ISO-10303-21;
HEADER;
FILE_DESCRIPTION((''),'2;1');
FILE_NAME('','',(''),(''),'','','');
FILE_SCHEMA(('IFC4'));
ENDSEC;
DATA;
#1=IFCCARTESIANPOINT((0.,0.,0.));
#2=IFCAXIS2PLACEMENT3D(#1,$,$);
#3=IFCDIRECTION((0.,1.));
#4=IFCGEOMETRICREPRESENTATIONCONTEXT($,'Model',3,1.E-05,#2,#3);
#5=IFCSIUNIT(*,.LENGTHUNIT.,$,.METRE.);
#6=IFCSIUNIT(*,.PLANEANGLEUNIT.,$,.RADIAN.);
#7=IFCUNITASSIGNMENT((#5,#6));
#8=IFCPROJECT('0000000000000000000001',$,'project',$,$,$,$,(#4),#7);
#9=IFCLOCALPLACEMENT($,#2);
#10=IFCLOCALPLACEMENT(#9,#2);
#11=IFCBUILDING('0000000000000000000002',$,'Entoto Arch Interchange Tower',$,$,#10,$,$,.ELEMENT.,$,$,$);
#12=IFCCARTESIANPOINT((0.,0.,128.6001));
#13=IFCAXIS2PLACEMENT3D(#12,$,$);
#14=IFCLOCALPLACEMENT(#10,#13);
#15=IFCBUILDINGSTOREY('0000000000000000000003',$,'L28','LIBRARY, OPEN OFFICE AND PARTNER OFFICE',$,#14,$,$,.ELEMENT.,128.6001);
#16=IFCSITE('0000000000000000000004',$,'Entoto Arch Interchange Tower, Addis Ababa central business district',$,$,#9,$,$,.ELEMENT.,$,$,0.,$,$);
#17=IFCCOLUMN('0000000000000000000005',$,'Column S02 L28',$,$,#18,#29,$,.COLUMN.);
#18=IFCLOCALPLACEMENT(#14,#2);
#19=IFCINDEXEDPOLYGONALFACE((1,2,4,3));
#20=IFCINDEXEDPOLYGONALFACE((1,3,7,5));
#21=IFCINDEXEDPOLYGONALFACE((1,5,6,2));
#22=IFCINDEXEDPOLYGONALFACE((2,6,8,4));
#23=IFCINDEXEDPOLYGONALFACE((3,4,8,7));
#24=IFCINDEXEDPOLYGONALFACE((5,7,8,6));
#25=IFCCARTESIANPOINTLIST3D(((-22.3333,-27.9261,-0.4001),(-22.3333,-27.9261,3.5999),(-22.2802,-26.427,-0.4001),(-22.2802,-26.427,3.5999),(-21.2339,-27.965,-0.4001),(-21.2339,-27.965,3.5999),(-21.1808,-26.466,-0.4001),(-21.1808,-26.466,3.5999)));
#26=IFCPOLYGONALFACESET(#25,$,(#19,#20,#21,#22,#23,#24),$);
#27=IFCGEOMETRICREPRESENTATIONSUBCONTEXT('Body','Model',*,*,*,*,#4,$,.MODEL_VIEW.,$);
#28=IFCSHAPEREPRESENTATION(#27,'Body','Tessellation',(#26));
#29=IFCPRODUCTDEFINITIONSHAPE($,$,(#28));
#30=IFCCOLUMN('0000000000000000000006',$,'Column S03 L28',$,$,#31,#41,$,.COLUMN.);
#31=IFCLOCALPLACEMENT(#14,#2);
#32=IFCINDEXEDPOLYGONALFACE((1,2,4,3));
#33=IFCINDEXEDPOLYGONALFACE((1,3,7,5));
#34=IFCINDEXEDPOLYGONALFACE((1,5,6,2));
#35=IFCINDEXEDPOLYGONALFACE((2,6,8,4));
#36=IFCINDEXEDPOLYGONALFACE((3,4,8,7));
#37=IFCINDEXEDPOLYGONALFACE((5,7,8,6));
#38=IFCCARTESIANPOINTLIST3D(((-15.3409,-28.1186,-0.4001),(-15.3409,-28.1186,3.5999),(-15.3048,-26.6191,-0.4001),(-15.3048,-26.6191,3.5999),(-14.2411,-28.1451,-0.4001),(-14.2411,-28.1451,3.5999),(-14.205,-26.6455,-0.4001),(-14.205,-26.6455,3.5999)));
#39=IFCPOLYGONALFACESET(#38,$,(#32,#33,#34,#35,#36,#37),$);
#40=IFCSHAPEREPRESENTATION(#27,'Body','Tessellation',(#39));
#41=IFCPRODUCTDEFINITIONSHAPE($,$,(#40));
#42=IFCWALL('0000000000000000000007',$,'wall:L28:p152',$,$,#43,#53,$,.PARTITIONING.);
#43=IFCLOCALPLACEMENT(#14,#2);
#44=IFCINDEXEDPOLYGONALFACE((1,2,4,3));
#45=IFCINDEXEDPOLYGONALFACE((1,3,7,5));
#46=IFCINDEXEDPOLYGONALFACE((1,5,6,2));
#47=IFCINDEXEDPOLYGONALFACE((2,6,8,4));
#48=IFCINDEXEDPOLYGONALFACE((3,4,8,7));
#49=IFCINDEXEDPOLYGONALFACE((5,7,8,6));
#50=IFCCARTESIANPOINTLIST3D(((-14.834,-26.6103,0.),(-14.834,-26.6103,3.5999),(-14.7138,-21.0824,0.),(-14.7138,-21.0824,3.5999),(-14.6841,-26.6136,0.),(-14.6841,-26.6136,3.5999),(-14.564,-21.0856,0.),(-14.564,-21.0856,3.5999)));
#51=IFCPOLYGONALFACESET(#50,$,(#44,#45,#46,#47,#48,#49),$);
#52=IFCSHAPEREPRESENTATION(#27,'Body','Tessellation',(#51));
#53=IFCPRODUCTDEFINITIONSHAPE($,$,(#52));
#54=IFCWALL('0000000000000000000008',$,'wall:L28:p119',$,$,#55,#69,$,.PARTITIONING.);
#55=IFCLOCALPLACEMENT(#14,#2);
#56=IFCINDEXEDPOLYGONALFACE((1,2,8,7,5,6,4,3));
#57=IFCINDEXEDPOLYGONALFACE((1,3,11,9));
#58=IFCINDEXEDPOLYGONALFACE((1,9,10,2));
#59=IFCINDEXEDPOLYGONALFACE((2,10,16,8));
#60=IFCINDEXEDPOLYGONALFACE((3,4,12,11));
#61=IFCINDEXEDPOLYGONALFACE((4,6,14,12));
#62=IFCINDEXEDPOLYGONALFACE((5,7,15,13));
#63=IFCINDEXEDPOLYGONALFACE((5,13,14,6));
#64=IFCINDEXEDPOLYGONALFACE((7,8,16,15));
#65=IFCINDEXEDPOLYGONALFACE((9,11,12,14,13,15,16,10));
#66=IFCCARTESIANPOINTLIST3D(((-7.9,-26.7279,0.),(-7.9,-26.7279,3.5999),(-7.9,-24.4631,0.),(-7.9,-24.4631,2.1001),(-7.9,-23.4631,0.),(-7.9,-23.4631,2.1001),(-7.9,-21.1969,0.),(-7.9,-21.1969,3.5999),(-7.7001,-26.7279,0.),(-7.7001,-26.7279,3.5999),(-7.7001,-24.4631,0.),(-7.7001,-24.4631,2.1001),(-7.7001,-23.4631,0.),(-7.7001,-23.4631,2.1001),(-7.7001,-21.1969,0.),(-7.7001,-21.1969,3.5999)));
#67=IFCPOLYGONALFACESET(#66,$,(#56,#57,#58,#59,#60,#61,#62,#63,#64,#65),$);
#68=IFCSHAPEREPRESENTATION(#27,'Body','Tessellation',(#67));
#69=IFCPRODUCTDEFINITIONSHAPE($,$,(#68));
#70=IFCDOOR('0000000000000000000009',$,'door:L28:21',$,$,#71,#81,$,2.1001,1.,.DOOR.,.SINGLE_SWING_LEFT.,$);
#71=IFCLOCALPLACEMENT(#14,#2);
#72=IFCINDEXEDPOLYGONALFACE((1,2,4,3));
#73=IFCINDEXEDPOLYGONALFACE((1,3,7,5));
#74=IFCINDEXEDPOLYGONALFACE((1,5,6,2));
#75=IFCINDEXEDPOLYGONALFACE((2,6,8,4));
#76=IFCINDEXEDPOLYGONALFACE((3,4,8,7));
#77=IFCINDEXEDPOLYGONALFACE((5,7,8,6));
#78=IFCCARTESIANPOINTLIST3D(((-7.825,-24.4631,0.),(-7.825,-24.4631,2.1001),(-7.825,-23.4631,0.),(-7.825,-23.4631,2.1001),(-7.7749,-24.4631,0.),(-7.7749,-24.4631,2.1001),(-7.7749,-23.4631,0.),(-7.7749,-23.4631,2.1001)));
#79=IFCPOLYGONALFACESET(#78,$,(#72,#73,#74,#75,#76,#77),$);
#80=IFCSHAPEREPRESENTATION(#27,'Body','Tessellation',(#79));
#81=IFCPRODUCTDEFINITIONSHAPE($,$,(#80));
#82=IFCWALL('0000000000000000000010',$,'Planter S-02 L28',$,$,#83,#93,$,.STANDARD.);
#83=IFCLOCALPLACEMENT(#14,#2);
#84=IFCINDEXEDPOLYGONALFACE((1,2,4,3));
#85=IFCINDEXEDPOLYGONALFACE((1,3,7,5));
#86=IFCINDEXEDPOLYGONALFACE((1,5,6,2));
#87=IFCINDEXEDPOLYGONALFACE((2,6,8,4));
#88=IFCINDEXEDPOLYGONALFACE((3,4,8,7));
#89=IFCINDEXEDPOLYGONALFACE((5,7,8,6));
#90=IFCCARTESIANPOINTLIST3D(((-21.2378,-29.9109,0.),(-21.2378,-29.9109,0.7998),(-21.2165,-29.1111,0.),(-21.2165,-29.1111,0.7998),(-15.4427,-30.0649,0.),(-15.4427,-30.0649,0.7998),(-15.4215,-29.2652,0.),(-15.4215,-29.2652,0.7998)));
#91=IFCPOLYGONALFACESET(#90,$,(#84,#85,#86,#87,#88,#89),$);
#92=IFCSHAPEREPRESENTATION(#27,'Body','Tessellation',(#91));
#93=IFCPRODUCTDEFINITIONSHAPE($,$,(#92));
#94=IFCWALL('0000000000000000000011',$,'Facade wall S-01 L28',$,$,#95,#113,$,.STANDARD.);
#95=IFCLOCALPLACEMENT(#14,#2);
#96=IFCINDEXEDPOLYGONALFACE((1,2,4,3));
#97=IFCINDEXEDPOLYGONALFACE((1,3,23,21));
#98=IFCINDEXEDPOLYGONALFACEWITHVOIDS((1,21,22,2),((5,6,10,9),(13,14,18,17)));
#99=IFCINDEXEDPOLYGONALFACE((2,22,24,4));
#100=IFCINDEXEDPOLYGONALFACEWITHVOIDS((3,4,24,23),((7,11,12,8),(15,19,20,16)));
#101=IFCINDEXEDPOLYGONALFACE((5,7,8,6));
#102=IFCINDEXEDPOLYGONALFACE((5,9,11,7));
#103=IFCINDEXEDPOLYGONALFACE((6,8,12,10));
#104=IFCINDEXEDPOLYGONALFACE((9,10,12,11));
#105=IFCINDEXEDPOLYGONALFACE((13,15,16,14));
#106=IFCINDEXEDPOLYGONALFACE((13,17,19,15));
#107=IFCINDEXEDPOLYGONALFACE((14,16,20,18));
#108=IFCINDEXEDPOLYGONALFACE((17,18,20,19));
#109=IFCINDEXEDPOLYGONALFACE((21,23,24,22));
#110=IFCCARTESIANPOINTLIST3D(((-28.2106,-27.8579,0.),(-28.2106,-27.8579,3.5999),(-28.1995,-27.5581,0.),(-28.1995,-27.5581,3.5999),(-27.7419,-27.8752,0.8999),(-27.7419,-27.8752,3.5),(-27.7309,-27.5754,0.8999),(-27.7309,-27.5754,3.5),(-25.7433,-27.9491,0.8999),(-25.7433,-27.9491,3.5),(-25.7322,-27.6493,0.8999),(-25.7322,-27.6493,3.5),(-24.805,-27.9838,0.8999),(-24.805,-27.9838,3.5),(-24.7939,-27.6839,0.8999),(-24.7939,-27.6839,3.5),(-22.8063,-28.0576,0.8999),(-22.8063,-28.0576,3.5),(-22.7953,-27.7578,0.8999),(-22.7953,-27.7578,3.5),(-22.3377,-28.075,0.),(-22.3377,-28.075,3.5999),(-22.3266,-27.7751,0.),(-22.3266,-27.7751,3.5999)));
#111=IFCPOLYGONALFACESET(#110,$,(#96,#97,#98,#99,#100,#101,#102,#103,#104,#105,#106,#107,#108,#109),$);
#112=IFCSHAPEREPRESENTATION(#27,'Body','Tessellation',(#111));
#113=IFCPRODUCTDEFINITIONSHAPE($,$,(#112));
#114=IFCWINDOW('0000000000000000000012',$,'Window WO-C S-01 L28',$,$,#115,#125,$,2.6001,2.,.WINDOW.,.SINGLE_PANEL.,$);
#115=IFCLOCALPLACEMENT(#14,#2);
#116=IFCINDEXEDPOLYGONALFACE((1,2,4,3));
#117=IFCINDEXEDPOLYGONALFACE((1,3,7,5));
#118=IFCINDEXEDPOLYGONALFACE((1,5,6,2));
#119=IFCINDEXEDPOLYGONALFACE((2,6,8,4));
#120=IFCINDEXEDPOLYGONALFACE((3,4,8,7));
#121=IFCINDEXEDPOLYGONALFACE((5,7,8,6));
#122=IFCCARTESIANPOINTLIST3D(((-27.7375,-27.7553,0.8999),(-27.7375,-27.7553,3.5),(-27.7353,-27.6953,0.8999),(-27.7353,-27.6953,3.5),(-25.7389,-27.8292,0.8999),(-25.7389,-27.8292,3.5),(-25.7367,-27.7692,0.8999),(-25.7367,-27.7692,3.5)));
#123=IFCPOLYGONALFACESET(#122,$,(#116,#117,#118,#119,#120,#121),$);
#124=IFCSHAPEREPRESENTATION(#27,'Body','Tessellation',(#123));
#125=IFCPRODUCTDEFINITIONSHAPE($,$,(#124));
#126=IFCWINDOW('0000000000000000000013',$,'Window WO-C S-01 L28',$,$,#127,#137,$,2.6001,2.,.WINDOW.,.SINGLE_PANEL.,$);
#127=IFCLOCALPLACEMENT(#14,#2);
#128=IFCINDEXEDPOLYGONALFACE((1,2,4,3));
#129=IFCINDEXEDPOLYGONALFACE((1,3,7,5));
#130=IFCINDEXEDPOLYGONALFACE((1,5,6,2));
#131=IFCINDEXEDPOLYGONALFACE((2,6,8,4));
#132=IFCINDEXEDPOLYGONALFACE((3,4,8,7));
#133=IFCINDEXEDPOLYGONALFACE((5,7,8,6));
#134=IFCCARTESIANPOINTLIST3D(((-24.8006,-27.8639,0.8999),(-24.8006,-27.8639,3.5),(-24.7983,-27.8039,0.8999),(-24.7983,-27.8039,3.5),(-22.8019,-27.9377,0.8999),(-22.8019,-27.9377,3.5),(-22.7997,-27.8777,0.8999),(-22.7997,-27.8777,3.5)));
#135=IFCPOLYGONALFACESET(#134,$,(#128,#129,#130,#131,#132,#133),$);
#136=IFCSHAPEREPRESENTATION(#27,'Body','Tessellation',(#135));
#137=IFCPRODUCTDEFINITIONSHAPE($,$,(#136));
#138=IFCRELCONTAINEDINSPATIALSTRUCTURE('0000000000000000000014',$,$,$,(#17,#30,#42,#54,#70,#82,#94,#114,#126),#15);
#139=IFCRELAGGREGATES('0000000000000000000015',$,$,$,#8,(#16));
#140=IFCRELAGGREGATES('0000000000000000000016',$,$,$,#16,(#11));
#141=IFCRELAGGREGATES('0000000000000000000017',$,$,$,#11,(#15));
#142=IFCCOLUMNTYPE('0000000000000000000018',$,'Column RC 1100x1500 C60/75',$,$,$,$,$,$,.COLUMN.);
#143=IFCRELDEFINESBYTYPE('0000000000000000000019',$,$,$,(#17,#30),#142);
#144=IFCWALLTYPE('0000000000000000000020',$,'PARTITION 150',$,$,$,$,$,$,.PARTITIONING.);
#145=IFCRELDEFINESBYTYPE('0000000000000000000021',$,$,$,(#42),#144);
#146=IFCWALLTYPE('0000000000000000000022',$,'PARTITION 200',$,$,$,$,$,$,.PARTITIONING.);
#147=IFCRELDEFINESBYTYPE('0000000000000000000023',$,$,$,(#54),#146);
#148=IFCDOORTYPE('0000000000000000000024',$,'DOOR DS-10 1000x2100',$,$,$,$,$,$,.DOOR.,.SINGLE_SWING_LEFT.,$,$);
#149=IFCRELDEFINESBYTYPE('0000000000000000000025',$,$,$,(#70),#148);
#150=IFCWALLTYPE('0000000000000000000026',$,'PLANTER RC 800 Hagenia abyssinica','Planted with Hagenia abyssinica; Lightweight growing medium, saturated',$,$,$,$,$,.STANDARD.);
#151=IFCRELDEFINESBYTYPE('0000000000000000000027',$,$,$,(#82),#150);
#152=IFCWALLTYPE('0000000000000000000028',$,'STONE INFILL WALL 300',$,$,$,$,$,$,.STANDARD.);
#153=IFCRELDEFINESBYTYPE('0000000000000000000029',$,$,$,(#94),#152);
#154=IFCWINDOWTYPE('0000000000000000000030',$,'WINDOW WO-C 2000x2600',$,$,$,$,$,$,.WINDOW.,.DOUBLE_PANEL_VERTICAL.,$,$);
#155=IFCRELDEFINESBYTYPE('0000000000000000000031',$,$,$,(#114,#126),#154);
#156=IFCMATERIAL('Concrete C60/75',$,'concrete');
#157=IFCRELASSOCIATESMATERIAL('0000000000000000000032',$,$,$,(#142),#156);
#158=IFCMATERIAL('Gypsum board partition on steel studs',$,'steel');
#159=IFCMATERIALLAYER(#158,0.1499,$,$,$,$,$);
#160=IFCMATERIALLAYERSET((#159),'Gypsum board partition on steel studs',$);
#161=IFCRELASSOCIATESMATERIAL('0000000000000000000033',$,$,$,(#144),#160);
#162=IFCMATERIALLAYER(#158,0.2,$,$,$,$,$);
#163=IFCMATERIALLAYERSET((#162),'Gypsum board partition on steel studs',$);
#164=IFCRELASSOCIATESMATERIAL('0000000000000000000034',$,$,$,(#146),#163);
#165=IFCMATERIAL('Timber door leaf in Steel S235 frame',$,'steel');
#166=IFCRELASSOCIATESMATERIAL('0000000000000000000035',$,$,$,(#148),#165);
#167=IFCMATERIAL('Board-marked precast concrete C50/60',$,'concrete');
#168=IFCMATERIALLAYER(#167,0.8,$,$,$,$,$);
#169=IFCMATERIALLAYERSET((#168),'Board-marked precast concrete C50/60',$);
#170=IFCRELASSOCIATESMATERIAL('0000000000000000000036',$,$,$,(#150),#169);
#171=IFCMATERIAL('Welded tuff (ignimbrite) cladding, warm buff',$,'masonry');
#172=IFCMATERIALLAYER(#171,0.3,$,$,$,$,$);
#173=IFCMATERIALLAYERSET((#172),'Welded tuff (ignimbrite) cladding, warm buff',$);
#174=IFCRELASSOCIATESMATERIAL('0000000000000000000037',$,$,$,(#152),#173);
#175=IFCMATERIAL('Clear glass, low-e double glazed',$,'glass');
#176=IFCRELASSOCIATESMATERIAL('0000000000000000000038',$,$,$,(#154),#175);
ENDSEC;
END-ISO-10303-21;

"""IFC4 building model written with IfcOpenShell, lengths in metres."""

from ifc_helpers import new_model, si_unit, direction, frame, frame_2d, origin, origin_2d, place, context, subcontext, project, spatial, rectangle, extrude, material, layer, layer_set, material_profile, profile_set, type_object, element, fill, save


model = new_model("IFC4")

# Units and contexts
model_context = context("Model", 3, precision=1e-05, world=origin(), true_north=direction((0.0, 1.0)))
body_context = subcontext(model_context, "Body", "Model", "MODEL_VIEW")
ifc_project = project(units=[si_unit("LENGTHUNIT", "METRE"), si_unit("PLANEANGLEUNIT", "RADIAN")], contexts=[model_context])

# Site, building, storey
site_placement = place(None, origin())
site = spatial("IfcSite", under=ifc_project, at=site_placement, Name="Entoto Arch Interchange Tower, Addis Ababa central business district", CompositionType="ELEMENT", RefElevation=0.0)
building_placement = place(site_placement, origin())
building = spatial("IfcBuilding", under=site, at=building_placement, Name="Entoto Arch Interchange Tower", CompositionType="ELEMENT")
storey_placement = place(building_placement, frame((0.0, 0.0, 128.6001)))
storey = spatial("IfcBuildingStorey", under=building, at=storey_placement, Name="L28", Description="LIBRARY, OPEN OFFICE AND PARTNER OFFICE", CompositionType="ELEMENT", Elevation=128.6001)

# Columns
ifc_material_1 = material(Name="Concrete C60/75", Category="concrete")
ifc_material_profile = material_profile(ifc_material_1, rectangle(XDim=1.1001, YDim=1.5, at=origin_2d()))
ifc_profile_set = profile_set([ifc_material_profile], Name="Concrete C60/75")
column_type = type_object("IfcColumnType", Name="Column RC 1100x1500 C60/75", PredefinedType="COLUMN", material=ifc_profile_set)
for number, where, z_axis, x_axis, name in (
    (1, (-21.7571, -27.196, -0.4001), (0.0, 0.0, 1.0), (-0.999374, 0.035388, 0.0), "Column S02 L28"),
    (2, (-14.7729, -27.3821, -0.4001), (0.0, 0.0, 1.0), (-0.999711, 0.024031, 0.0), "Column S03 L28"),
):
    element("IfcColumn", number, at=place(storey_placement, frame(where, z_axis=z_axis, x_axis=x_axis)), inside=storey, type_object=column_type, Name=name, PredefinedType="COLUMN", context=body_context, shape_type="SweptSolid", body=[
        extrude(rectangle(XDim=1.1001, YDim=1.5, at=origin_2d()), origin(), (0.0, 0.0, 1.0), 4.0),
    ])

# Wall
ifc_material_2 = material(Name="Gypsum board partition on steel studs", Category="steel")
ifc_layer_1 = layer(ifc_material_2, 0.1499)
ifc_layer_set_1 = layer_set([ifc_layer_1], Name="Gypsum board partition on steel studs")
wall_type_1 = type_object("IfcWallType", Name="PARTITION 150", PredefinedType="PARTITIONING", material=ifc_layer_set_1)
wall_1_placement = place(storey_placement, frame((-14.6389, -21.084, 0.0), z_axis=(0.0, 0.0, 1.0), x_axis=(-0.021723, -0.999764, 0.0)))
element("IfcWall", 3, at=wall_1_placement, inside=storey, type_object=wall_type_1, Name="wall:L28:p152", PredefinedType="PARTITIONING", context=body_context, shape_type="SweptSolid", body=[
    extrude(rectangle(XDim=5.5293, YDim=0.1499, at=frame_2d((2.7646, 0.0))), origin(), (0.0, 0.0, 1.0), 3.5999),
])

# Wall, opening, door
ifc_layer_2 = layer(ifc_material_2, 0.2)
ifc_layer_set_2 = layer_set([ifc_layer_2], Name="Gypsum board partition on steel studs")
wall_type_2 = type_object("IfcWallType", Name="PARTITION 200", PredefinedType="PARTITIONING", material=ifc_layer_set_2)
wall_2_placement = place(storey_placement, frame((-7.8, -26.728, 0.0), z_axis=(0.0, 0.0, 1.0), x_axis=(0.0, 1.0, 0.0)))
wall_2 = element("IfcWall", 4, at=wall_2_placement, inside=storey, type_object=wall_type_2, Name="wall:L28:p119", PredefinedType="PARTITIONING", context=body_context, shape_type="SweptSolid", body=[
    extrude(rectangle(XDim=5.531, YDim=0.2, at=frame_2d((2.7656, 0.0))), origin(), (0.0, 0.0, 1.0), 3.5999),
])
opening_1_placement = place(wall_2_placement, frame((2.2649, 0.0, 0.0)))
opening_1 = element("IfcOpeningElement", 5, at=opening_1_placement, cuts=wall_2, PredefinedType="OPENING", context=body_context, shape_type="SweptSolid", body=[
    extrude(rectangle(XDim=1.0, YDim=2.1001, at=frame_2d((0.5, 1.05))), frame((0.0, 0.1099, 0.0), z_axis=(0.0, -1.0, 0.0), x_axis=(1.0, 0.0, 0.0)), (0.0, 0.0, 1.0), 0.22),
])
ifc_material_3 = material(Name="Timber door leaf in Steel S235 frame", Category="steel")
door_type_1 = type_object("IfcDoorType", Name="DOOR DS-10 1000x2100", OperationType="SINGLE_SWING_LEFT", PredefinedType="DOOR", material=ifc_material_3)
door_1_placement = place(opening_1_placement, origin())
door_1 = element("IfcDoor", 6, at=door_1_placement, inside=storey, type_object=door_type_1, Name="door:L28:21", OperationType="SINGLE_SWING_LEFT", OverallHeight=2.1001, OverallWidth=1.0, PredefinedType="DOOR", context=body_context, shape_type="SweptSolid", body=[
    extrude(rectangle(XDim=1.0, YDim=2.1001, at=frame_2d((0.5, 1.05))), frame((0.0, 0.0249, 0.0), z_axis=(0.0, -1.0, 0.0), x_axis=(1.0, 0.0, 0.0)), (0.0, 0.0, 1.0), 0.05),
])
fill(opening_1, door_1)

# Wall
ifc_material_4 = material(Name="Board-marked precast concrete C50/60", Category="concrete")
ifc_layer_3 = layer(ifc_material_4, 0.8)
ifc_layer_set_3 = layer_set([ifc_layer_3], Name="Board-marked precast concrete C50/60")
wall_type_3 = type_object("IfcWallType", Name="PLANTER RC 800 Hagenia abyssinica", Description="Planted with Hagenia abyssinica; Lightweight growing medium, saturated", PredefinedType="STANDARD", material=ifc_layer_set_3)
wall_3_placement = place(storey_placement, frame((-21.2271, -29.511, 0.0), z_axis=(0.0, 0.0, 1.0), x_axis=(0.999647, -0.026574, 0.0)))
element("IfcWall", 7, at=wall_3_placement, inside=storey, type_object=wall_type_3, Name="Planter S-02 L28", PredefinedType="STANDARD", context=body_context, shape_type="SweptSolid", body=[
    extrude(rectangle(XDim=5.7971, YDim=0.8, at=frame_2d((2.8984, 0.0))), origin(), (0.0, 0.0, 1.0), 0.7998),
])

# Wall, openings, windows
ifc_material_5 = material(Name="Welded tuff (ignimbrite) cladding, warm buff", Category="masonry")
ifc_layer_4 = layer(ifc_material_5, 0.3)
ifc_layer_set_4 = layer_set([ifc_layer_4], Name="Welded tuff (ignimbrite) cladding, warm buff")
wall_type_4 = type_object("IfcWallType", Name="STONE INFILL WALL 300", PredefinedType="STANDARD", material=ifc_layer_set_4)
wall_4_placement = place(storey_placement, frame((-28.2051, -27.708, 0.0), z_axis=(0.0, 0.0, 1.0), x_axis=(0.999318, -0.03693, 0.0)))
wall_4 = element("IfcWall", 8, at=wall_4_placement, inside=storey, type_object=wall_type_4, Name="Facade wall S-01 L28", PredefinedType="STANDARD", context=body_context, shape_type="SweptSolid", body=[
    extrude(rectangle(XDim=5.877, YDim=0.3, at=frame_2d((2.9385, 0.0))), origin(), (0.0, 0.0, 1.0), 3.5999),
])
opening_2_placement = place(wall_4_placement, frame((0.469, 0.0, 0.8999)))
opening_2 = element("IfcOpeningElement", 9, at=opening_2_placement, cuts=wall_4, PredefinedType="OPENING", context=body_context, shape_type="SweptSolid", body=[
    extrude(rectangle(XDim=2.0, YDim=2.6001, at=frame_2d((1.0, 1.3))), frame((0.0, 0.1602, 0.0), z_axis=(0.0, -1.0, 0.0), x_axis=(1.0, 0.0, 0.0)), (0.0, 0.0, 1.0), 0.3201),
])
opening_3_placement = place(wall_4_placement, frame((3.408, 0.0, 0.8999)))
opening_3 = element("IfcOpeningElement", 10, at=opening_3_placement, cuts=wall_4, PredefinedType="OPENING", context=body_context, shape_type="SweptSolid", body=[
    extrude(rectangle(XDim=2.0, YDim=2.6001, at=frame_2d((1.0, 1.3))), frame((0.0, 0.1602, 0.0), z_axis=(0.0, -1.0, 0.0), x_axis=(1.0, 0.0, 0.0)), (0.0, 0.0, 1.0), 0.3201),
])
ifc_material_6 = material(Name="Clear glass, low-e double glazed", Category="glass")
window_type = type_object("IfcWindowType", Name="WINDOW WO-C 2000x2600", PartitioningType="DOUBLE_PANEL_VERTICAL", PredefinedType="WINDOW", material=ifc_material_6)
window_1_placement = place(opening_2_placement, origin())
window_1 = element("IfcWindow", 11, at=window_1_placement, inside=storey, type_object=window_type, Name="Window WO-C S-01 L28", OverallHeight=2.6001, OverallWidth=2.0, PartitioningType="SINGLE_PANEL", PredefinedType="WINDOW", context=body_context, shape_type="SweptSolid", body=[
    extrude(rectangle(XDim=2.0, YDim=2.6001, at=frame_2d((1.0, 1.3))), frame((0.0, 0.03, 0.0), z_axis=(0.0, -1.0, 0.0), x_axis=(1.0, 0.0, 0.0)), (0.0, 0.0, 1.0), 0.0601),
])
fill(opening_2, window_1)
window_2_placement = place(opening_3_placement, origin())
window_2 = element("IfcWindow", 12, at=window_2_placement, inside=storey, type_object=window_type, Name="Window WO-C S-01 L28", OverallHeight=2.6001, OverallWidth=2.0, PartitioningType="SINGLE_PANEL", PredefinedType="WINDOW", context=body_context, shape_type="SweptSolid", body=[
    extrude(rectangle(XDim=2.0, YDim=2.6001, at=frame_2d((1.0, 1.3))), frame((0.0, 0.03, 0.0), z_axis=(0.0, -1.0, 0.0), x_axis=(1.0, 0.0, 0.0)), (0.0, 0.0, 1.0), 0.0601),
])
fill(opening_3, window_2)

save(model, "model.ifc")
